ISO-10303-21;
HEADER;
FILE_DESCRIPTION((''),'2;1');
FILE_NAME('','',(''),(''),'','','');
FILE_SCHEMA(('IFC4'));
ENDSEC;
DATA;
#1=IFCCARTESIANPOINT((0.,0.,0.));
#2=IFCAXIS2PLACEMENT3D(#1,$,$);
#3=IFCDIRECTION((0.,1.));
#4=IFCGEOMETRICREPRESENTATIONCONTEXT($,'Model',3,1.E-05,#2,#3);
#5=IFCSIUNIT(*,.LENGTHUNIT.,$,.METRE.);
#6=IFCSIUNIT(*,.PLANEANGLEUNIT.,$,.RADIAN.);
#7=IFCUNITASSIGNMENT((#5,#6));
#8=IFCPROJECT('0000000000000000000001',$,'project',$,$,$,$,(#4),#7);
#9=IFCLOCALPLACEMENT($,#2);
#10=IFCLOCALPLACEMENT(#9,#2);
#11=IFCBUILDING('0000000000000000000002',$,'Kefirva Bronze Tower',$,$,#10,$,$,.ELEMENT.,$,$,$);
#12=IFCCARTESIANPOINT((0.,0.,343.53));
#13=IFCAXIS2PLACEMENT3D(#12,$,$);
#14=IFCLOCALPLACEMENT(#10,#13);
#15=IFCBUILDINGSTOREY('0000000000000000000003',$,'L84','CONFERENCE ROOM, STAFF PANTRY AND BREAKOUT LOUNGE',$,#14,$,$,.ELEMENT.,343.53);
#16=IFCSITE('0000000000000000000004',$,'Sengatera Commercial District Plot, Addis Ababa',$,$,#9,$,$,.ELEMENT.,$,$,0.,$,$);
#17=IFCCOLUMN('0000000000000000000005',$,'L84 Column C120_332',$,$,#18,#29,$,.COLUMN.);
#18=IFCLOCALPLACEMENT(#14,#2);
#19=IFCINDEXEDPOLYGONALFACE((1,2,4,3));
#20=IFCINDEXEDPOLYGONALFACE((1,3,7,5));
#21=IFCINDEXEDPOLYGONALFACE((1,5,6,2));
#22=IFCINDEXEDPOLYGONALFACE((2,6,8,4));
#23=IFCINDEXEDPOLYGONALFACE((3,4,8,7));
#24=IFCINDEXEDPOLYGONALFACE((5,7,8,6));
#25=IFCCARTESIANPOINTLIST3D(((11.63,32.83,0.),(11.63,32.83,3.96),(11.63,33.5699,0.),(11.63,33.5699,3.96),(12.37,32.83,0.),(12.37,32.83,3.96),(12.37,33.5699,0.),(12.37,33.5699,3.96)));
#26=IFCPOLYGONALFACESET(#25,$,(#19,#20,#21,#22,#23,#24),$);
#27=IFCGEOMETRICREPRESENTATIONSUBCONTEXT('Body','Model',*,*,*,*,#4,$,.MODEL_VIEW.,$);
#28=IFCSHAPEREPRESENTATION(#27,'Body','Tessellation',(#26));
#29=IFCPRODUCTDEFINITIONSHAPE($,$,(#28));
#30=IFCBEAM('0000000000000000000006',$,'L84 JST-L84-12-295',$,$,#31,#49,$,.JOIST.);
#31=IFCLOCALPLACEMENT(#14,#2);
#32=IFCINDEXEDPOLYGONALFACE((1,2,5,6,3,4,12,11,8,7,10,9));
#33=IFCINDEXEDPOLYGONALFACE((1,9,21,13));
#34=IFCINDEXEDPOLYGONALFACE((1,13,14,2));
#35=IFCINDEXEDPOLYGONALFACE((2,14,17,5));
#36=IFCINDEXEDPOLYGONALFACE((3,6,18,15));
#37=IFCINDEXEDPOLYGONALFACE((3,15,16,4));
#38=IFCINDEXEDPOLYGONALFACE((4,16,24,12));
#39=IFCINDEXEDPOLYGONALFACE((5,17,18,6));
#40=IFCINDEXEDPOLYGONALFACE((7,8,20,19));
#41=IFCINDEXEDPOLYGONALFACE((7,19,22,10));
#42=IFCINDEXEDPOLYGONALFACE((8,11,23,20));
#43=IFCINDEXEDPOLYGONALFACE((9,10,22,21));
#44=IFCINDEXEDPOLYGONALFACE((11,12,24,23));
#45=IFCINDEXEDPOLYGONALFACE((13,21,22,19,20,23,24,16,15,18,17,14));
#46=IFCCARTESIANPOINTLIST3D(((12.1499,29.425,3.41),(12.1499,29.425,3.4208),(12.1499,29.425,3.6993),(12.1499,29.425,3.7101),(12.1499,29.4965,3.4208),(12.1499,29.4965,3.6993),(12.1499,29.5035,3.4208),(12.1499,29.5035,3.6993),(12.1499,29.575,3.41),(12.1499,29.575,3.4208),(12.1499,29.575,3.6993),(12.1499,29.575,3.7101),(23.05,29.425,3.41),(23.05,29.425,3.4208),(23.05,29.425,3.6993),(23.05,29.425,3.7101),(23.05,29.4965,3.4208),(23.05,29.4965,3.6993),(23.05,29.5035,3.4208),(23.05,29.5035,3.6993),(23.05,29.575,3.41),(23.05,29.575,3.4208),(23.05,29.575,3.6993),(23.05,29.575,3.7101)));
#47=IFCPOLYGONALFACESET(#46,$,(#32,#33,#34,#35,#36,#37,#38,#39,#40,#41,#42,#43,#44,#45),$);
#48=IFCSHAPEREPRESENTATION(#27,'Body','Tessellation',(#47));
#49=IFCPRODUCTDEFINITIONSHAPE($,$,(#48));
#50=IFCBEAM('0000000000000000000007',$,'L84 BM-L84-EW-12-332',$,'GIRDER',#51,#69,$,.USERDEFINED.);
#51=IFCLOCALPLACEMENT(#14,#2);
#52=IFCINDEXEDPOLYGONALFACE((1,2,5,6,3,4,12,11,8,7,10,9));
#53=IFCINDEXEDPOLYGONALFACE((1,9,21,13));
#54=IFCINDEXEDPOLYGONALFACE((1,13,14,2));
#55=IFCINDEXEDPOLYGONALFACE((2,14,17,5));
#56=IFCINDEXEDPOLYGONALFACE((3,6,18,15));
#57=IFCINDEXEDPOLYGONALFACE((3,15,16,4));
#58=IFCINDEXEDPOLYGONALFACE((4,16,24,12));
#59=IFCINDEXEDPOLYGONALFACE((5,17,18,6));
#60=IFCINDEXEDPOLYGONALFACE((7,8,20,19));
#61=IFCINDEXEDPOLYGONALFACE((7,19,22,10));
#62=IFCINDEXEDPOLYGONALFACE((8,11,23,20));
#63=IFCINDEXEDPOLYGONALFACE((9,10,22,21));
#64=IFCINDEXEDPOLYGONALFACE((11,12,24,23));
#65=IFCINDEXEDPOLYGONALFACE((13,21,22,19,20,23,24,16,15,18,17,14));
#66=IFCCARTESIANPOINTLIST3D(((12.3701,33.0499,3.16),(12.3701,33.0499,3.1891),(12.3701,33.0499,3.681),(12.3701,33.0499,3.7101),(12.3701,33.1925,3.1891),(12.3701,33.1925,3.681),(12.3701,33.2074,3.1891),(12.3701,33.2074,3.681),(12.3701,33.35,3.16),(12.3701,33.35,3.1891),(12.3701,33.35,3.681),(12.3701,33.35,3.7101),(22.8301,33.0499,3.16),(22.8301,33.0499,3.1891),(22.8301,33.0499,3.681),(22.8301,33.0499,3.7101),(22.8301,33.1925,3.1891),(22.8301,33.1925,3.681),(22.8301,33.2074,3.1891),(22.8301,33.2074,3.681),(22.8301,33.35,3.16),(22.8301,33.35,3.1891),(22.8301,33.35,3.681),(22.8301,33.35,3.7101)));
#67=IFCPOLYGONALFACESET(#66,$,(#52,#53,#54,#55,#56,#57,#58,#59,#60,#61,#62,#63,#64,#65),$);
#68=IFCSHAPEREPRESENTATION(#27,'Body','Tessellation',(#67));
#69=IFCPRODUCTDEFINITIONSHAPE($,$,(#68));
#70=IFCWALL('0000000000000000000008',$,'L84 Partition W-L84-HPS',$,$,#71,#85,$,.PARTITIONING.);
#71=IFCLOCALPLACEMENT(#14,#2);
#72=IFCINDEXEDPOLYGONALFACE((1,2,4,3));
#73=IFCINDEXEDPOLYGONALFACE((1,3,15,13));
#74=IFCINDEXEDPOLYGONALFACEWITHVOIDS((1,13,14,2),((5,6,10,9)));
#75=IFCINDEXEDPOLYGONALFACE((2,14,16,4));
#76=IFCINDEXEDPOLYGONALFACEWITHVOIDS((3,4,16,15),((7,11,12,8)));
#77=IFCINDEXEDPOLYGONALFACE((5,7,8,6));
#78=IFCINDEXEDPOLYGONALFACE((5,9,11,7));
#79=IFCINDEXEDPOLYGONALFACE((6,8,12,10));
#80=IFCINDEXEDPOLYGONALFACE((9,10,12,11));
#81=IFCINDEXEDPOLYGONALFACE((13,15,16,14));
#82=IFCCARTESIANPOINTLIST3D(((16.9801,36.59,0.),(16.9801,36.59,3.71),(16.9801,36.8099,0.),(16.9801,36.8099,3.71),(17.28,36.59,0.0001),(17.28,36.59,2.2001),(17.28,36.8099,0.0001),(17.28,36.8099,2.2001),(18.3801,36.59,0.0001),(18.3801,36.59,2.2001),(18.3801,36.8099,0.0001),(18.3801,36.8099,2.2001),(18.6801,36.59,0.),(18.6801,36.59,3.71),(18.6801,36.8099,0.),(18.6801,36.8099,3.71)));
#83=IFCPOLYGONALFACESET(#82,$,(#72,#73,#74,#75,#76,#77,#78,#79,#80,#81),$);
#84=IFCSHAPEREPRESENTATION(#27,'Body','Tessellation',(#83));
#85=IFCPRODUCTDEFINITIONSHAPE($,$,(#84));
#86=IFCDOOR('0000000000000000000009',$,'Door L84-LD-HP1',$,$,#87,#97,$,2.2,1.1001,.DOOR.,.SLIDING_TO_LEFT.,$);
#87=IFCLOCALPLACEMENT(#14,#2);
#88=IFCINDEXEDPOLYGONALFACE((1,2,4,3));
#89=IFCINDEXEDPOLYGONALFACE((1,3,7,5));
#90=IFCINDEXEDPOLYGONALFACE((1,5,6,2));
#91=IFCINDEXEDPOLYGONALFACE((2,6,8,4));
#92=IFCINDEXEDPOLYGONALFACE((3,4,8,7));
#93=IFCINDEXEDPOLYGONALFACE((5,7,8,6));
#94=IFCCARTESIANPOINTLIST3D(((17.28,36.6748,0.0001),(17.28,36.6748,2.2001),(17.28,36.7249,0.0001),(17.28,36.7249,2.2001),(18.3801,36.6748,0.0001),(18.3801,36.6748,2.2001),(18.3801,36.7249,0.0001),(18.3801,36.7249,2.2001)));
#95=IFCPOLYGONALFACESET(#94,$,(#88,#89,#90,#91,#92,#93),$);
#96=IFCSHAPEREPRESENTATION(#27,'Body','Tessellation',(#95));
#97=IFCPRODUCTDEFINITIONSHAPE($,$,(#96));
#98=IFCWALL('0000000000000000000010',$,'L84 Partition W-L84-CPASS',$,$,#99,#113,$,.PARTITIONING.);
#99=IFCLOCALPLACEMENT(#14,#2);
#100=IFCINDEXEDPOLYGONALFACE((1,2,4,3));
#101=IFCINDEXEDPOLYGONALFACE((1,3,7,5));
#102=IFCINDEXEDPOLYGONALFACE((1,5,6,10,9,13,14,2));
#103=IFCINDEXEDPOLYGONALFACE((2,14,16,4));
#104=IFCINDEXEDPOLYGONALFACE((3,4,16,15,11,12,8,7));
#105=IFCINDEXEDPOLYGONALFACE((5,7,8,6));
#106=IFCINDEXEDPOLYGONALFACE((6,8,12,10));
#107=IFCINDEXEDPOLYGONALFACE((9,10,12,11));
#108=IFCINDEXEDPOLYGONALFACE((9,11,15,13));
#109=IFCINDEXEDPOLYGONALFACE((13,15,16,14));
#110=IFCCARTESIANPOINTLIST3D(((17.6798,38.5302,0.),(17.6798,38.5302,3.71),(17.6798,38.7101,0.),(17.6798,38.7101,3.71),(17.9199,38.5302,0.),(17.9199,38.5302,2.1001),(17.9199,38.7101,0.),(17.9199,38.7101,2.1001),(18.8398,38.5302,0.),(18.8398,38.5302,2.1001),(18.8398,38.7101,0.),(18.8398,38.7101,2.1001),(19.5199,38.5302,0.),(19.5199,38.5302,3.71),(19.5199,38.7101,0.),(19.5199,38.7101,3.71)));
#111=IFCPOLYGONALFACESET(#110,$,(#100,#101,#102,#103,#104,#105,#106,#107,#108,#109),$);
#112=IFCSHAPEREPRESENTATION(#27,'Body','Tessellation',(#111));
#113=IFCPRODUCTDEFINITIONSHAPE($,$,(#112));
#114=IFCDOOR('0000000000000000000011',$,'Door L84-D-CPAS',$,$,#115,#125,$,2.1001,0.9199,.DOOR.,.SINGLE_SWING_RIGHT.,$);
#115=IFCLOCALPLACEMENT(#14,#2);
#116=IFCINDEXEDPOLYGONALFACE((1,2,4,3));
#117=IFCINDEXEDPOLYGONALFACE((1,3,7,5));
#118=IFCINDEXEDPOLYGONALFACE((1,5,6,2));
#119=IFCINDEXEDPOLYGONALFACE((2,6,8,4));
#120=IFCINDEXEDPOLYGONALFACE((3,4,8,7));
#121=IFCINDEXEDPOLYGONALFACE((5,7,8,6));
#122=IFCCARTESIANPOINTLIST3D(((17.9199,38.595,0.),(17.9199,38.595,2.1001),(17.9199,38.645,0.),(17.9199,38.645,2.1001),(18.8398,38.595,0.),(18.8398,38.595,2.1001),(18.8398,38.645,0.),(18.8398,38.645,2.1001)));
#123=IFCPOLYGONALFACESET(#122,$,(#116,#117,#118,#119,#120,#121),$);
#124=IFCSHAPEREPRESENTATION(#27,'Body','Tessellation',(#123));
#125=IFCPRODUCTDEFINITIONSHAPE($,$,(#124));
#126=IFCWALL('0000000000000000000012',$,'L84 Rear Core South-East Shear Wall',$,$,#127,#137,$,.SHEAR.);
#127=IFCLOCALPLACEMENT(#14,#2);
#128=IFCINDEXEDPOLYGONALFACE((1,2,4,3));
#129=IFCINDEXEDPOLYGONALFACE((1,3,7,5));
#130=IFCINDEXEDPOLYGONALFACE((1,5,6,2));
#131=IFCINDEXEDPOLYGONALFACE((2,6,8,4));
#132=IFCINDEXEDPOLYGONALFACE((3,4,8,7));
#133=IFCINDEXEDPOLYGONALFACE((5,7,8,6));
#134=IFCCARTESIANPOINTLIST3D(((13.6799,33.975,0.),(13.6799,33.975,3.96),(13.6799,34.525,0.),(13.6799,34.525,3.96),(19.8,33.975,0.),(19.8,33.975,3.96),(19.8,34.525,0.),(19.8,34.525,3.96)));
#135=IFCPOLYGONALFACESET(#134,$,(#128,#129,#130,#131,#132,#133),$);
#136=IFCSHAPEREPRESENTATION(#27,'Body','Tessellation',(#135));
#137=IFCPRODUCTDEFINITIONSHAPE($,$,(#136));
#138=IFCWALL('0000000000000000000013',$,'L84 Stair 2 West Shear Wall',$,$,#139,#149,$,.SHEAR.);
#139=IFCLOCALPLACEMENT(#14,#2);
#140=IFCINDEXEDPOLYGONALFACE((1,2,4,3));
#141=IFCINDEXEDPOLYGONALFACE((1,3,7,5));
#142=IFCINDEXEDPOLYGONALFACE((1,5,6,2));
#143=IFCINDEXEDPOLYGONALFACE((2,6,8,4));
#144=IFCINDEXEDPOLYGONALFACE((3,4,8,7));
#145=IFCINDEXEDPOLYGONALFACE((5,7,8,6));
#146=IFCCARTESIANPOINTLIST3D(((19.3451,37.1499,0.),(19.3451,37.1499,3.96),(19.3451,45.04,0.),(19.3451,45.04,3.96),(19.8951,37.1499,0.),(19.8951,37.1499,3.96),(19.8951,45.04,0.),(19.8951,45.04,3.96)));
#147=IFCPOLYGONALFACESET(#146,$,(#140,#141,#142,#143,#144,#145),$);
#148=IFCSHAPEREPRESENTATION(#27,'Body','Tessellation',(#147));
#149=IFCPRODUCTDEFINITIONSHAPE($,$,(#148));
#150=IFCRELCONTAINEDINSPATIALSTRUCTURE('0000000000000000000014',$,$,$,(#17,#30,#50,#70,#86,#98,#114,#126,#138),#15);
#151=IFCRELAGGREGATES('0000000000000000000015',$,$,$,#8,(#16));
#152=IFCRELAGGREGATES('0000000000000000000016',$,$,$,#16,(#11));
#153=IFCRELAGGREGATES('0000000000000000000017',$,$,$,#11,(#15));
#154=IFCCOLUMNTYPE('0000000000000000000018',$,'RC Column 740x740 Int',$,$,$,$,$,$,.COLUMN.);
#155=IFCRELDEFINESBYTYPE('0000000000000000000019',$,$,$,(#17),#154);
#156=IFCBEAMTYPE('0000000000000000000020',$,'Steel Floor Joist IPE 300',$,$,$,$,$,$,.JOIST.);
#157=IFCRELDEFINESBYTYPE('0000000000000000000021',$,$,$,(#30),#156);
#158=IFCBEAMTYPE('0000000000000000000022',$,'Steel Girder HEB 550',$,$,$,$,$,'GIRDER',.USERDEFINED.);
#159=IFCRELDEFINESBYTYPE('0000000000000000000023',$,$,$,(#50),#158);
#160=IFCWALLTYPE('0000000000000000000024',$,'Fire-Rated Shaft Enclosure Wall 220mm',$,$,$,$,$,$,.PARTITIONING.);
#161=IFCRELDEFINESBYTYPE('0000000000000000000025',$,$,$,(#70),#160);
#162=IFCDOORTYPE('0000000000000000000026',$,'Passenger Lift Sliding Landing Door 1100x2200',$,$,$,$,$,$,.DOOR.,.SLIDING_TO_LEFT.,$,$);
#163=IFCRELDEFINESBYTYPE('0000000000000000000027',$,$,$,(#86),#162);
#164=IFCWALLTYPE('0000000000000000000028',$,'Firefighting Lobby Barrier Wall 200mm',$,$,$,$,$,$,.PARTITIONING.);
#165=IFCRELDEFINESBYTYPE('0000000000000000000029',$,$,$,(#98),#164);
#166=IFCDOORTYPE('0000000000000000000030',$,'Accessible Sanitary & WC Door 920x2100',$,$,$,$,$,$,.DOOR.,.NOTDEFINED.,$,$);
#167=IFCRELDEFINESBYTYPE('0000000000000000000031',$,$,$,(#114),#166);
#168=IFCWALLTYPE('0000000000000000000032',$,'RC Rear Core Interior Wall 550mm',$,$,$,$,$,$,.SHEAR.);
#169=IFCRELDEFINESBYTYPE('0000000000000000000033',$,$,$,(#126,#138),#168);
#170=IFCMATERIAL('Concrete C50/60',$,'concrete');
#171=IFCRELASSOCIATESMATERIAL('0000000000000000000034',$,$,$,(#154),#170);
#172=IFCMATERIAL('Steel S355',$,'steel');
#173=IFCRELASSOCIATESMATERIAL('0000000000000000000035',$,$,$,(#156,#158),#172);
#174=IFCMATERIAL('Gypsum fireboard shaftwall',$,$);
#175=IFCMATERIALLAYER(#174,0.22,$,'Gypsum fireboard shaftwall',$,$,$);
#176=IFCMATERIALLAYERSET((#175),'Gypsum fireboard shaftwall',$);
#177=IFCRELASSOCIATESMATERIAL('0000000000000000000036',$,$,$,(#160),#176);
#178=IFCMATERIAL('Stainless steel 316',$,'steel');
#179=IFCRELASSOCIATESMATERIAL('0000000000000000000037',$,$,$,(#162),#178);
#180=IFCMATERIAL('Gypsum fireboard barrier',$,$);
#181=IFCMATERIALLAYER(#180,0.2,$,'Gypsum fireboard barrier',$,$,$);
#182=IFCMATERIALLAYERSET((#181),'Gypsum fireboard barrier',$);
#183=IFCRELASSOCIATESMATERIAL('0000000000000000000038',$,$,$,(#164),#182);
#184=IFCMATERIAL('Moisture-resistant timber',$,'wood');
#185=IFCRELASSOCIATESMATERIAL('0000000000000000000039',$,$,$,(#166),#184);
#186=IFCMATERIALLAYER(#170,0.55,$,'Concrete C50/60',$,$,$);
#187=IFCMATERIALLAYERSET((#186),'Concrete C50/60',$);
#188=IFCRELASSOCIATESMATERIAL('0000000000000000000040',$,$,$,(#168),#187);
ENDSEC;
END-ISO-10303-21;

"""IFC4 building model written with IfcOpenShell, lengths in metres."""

from ifc_helpers import new_model, si_unit, direction, frame, frame_2d, origin, origin_2d, place, context, subcontext, project, spatial, rectangle, i_section, extrude, material, layer, layer_set, material_profile, profile_set, type_object, element, fill, save


model = new_model("IFC4")

# Units and contexts
model_context = context("Model", 3, precision=1e-05, world=origin(), true_north=direction((0.0, 1.0)))
body_context = subcontext(model_context, "Body", "Model", "MODEL_VIEW")
ifc_project = project(units=[si_unit("LENGTHUNIT", "METRE"), si_unit("PLANEANGLEUNIT", "RADIAN")], contexts=[model_context])

# Site, building, storey
site_placement = place(None, origin())
site = spatial("IfcSite", under=ifc_project, at=site_placement, Name="Sengatera Commercial District Plot, Addis Ababa", CompositionType="ELEMENT", RefElevation=0.0)
building_placement = place(site_placement, origin())
building = spatial("IfcBuilding", under=site, at=building_placement, Name="Kefirva Bronze Tower", CompositionType="ELEMENT")
storey_placement = place(building_placement, frame((0.0, 0.0, 343.53)))
storey = spatial("IfcBuildingStorey", under=building, at=storey_placement, Name="L84", Description="CONFERENCE ROOM, STAFF PANTRY AND BREAKOUT LOUNGE", CompositionType="ELEMENT", Elevation=343.53)

# Column
ifc_material_1 = material(Name="Concrete C50/60", Category="concrete")
ifc_material_profile_1 = material_profile(ifc_material_1, rectangle(XDim=0.74, YDim=0.74, at=origin_2d()), Name="RC 740x740")
ifc_profile_set_1 = profile_set([ifc_material_profile_1], Name="Concrete C50/60")
column_type = type_object("IfcColumnType", Name="RC Column 740x740 Int", PredefinedType="COLUMN", material=ifc_profile_set_1)
column_placement = place(storey_placement, frame((12.0, 33.2, 0.0), z_axis=(0.0, 0.0, 1.0), x_axis=(1.0, 0.0, 0.0)))
element("IfcColumn", 1, at=column_placement, inside=storey, type_object=column_type, Name="L84 Column C120_332", PredefinedType="COLUMN", context=body_context, shape_type="SweptSolid", body=[
    extrude(rectangle(XDim=0.74, YDim=0.74, at=origin_2d()), origin(), (0.0, 0.0, 1.0), 3.96),
])

# Beams
ifc_material_2 = material(Name="Steel S355", Category="steel")
ifc_material_profile_2 = material_profile(ifc_material_2, i_section(OverallWidth=0.1499, OverallDepth=0.3, WebThickness=0.0071, FlangeThickness=0.0107, at=origin_2d()), Name="IPE 300")
ifc_profile_set_2 = profile_set([ifc_material_profile_2], Name="Steel S355")
beam_type_1 = type_object("IfcBeamType", Name="Steel Floor Joist IPE 300", PredefinedType="JOIST", material=ifc_profile_set_2)
beam_1_placement = place(storey_placement, frame((12.1499, 29.5, 3.5601), z_axis=(1.0, 0.0, 0.0), x_axis=(0.0, 1.0, 0.0)))
element("IfcBeam", 2, at=beam_1_placement, inside=storey, type_object=beam_type_1, Name="L84 JST-L84-12-295", PredefinedType="JOIST", context=body_context, shape_type="SweptSolid", body=[
    extrude(i_section(OverallWidth=0.1499, OverallDepth=0.3, WebThickness=0.0071, FlangeThickness=0.0107, at=origin_2d()), origin(), (0.0, 0.0, 1.0), 10.9001),
])
ifc_material_profile_3 = material_profile(ifc_material_2, i_section(OverallWidth=0.3, OverallDepth=0.55, WebThickness=0.0149, FlangeThickness=0.0291, at=origin_2d()), Name="HEB 550")
ifc_profile_set_3 = profile_set([ifc_material_profile_3], Name="Steel S355")
beam_type_2 = type_object("IfcBeamType", Name="Steel Girder HEB 550", ElementType="GIRDER", PredefinedType="USERDEFINED", material=ifc_profile_set_3)
beam_2_placement = place(storey_placement, frame((12.3701, 33.2, 3.4351), z_axis=(1.0, 0.0, 0.0), x_axis=(0.0, 1.0, 0.0)))
element("IfcBeam", 3, at=beam_2_placement, inside=storey, type_object=beam_type_2, Name="L84 BM-L84-EW-12-332", ObjectType="GIRDER", PredefinedType="USERDEFINED", context=body_context, shape_type="SweptSolid", body=[
    extrude(i_section(OverallWidth=0.3, OverallDepth=0.55, WebThickness=0.0149, FlangeThickness=0.0291, at=origin_2d()), origin(), (0.0, 0.0, 1.0), 10.46),
])

# Walls, openings, doors
ifc_material_3 = material(Name="Gypsum fireboard shaftwall")
ifc_layer_1 = layer(ifc_material_3, 0.22, Name="Gypsum fireboard shaftwall")
ifc_layer_set_1 = layer_set([ifc_layer_1], Name="Gypsum fireboard shaftwall")
wall_type_1 = type_object("IfcWallType", Name="Fire-Rated Shaft Enclosure Wall 220mm", PredefinedType="PARTITIONING", material=ifc_layer_set_1)
wall_1_placement = place(storey_placement, frame((16.98, 36.7, 0.0), z_axis=(0.0, 0.0, 1.0), x_axis=(1.0, 0.0, 0.0)))
wall_1 = element("IfcWall", 4, at=wall_1_placement, inside=storey, type_object=wall_type_1, Name="L84 Partition W-L84-HPS", PredefinedType="PARTITIONING", context=body_context, shape_type="SweptSolid", body=[
    extrude(rectangle(XDim=1.7, YDim=0.22, at=frame_2d((0.8501, 0.0))), origin(), (0.0, 0.0, 1.0), 3.71),
])
opening_1_placement = place(wall_1_placement, frame((0.3, 0.0, 0.0)))
opening_1 = element("IfcOpeningElement", 5, at=opening_1_placement, cuts=wall_1, PredefinedType="OPENING", context=body_context, shape_type="SweptSolid", body=[
    extrude(rectangle(XDim=1.1001, YDim=2.2, at=frame_2d((0.55, 1.1001))), frame((0.0, 0.1201, 0.0), z_axis=(0.0, -1.0, 0.0), x_axis=(1.0, 0.0, 0.0)), (0.0, 0.0, 1.0), 0.24),
])
ifc_material_4 = material(Name="Stainless steel 316", Category="steel")
door_type_1 = type_object("IfcDoorType", Name="Passenger Lift Sliding Landing Door 1100x2200", OperationType="SLIDING_TO_LEFT", PredefinedType="DOOR", material=ifc_material_4)
door_1_placement = place(opening_1_placement, origin())
door_1 = element("IfcDoor", 6, at=door_1_placement, inside=storey, type_object=door_type_1, Name="Door L84-LD-HP1", OperationType="SLIDING_TO_LEFT", OverallHeight=2.2, OverallWidth=1.1001, PredefinedType="DOOR", context=body_context, shape_type="SweptSolid", body=[
    extrude(rectangle(XDim=1.1001, YDim=2.2, at=frame_2d((0.55, 1.1001))), frame((0.0, 0.0249, 0.0), z_axis=(0.0, -1.0, 0.0), x_axis=(1.0, 0.0, 0.0)), (0.0, 0.0, 1.0), 0.05),
])
fill(opening_1, door_1)
ifc_material_5 = material(Name="Gypsum fireboard barrier")
ifc_layer_2 = layer(ifc_material_5, 0.2, Name="Gypsum fireboard barrier")
ifc_layer_set_2 = layer_set([ifc_layer_2], Name="Gypsum fireboard barrier")
wall_type_2 = type_object("IfcWallType", Name="Firefighting Lobby Barrier Wall 200mm", PredefinedType="PARTITIONING", material=ifc_layer_set_2)
wall_2_placement = place(storey_placement, frame((17.6799, 38.6201, 0.0), z_axis=(0.0, 0.0, 1.0), x_axis=(1.0, 0.0, 0.0)))
wall_2 = element("IfcWall", 7, at=wall_2_placement, inside=storey, type_object=wall_type_2, Name="L84 Partition W-L84-CPASS", PredefinedType="PARTITIONING", context=body_context, shape_type="SweptSolid", body=[
    extrude(rectangle(XDim=1.8401, YDim=0.1799, at=frame_2d((0.9199, 0.0))), origin(), (0.0, 0.0, 1.0), 3.71),
])
opening_2_placement = place(wall_2_placement, frame((0.24, 0.0, 0.0)))
opening_2 = element("IfcOpeningElement", 8, at=opening_2_placement, cuts=wall_2, PredefinedType="OPENING", context=body_context, shape_type="SweptSolid", body=[
    extrude(rectangle(XDim=0.9199, YDim=2.1001, at=frame_2d((0.46, 1.05))), frame((0.0, 0.1001, 0.0), z_axis=(0.0, -1.0, 0.0), x_axis=(1.0, 0.0, 0.0)), (0.0, 0.0, 1.0), 0.2),
])
ifc_material_6 = material(Name="Moisture-resistant timber", Category="wood")
door_type_2 = type_object("IfcDoorType", Name="Accessible Sanitary & WC Door 920x2100", OperationType="NOTDEFINED", PredefinedType="DOOR", material=ifc_material_6)
door_2_placement = place(opening_2_placement, origin())
door_2 = element("IfcDoor", 9, at=door_2_placement, inside=storey, type_object=door_type_2, Name="Door L84-D-CPAS", OperationType="SINGLE_SWING_RIGHT", OverallHeight=2.1001, OverallWidth=0.9199, PredefinedType="DOOR", context=body_context, shape_type="SweptSolid", body=[
    extrude(rectangle(XDim=0.9199, YDim=2.1001, at=frame_2d((0.46, 1.05))), frame((0.0, 0.0249, 0.0), z_axis=(0.0, -1.0, 0.0), x_axis=(1.0, 0.0, 0.0)), (0.0, 0.0, 1.0), 0.05),
])
fill(opening_2, door_2)

# Walls
ifc_layer_3 = layer(ifc_material_1, 0.55, Name="Concrete C50/60")
ifc_layer_set_3 = layer_set([ifc_layer_3], Name="Concrete C50/60")
wall_type_3 = type_object("IfcWallType", Name="RC Rear Core Interior Wall 550mm", PredefinedType="SHEAR", material=ifc_layer_set_3)
wall_3_placement = place(storey_placement, frame((13.6799, 34.25, 0.0), z_axis=(0.0, 0.0, 1.0), x_axis=(1.0, 0.0, 0.0)))
element("IfcWall", 10, at=wall_3_placement, inside=storey, type_object=wall_type_3, Name="L84 Rear Core South-East Shear Wall", PredefinedType="SHEAR", context=body_context, shape_type="SweptSolid", body=[
    extrude(rectangle(XDim=6.1201, YDim=0.55, at=frame_2d((3.0601, 0.0))), origin(), (0.0, 0.0, 1.0), 3.96),
])
wall_4_placement = place(storey_placement, frame((19.6201, 37.1499, 0.0), z_axis=(0.0, 0.0, 1.0), x_axis=(0.0, 1.0, 0.0)))
element("IfcWall", 11, at=wall_4_placement, inside=storey, type_object=wall_type_3, Name="L84 Stair 2 West Shear Wall", PredefinedType="SHEAR", context=body_context, shape_type="SweptSolid", body=[
    extrude(rectangle(XDim=7.8901, YDim=0.55, at=frame_2d((3.9451, 0.0))), origin(), (0.0, 0.0, 1.0), 3.96),
])

save(model, "model.ifc")
